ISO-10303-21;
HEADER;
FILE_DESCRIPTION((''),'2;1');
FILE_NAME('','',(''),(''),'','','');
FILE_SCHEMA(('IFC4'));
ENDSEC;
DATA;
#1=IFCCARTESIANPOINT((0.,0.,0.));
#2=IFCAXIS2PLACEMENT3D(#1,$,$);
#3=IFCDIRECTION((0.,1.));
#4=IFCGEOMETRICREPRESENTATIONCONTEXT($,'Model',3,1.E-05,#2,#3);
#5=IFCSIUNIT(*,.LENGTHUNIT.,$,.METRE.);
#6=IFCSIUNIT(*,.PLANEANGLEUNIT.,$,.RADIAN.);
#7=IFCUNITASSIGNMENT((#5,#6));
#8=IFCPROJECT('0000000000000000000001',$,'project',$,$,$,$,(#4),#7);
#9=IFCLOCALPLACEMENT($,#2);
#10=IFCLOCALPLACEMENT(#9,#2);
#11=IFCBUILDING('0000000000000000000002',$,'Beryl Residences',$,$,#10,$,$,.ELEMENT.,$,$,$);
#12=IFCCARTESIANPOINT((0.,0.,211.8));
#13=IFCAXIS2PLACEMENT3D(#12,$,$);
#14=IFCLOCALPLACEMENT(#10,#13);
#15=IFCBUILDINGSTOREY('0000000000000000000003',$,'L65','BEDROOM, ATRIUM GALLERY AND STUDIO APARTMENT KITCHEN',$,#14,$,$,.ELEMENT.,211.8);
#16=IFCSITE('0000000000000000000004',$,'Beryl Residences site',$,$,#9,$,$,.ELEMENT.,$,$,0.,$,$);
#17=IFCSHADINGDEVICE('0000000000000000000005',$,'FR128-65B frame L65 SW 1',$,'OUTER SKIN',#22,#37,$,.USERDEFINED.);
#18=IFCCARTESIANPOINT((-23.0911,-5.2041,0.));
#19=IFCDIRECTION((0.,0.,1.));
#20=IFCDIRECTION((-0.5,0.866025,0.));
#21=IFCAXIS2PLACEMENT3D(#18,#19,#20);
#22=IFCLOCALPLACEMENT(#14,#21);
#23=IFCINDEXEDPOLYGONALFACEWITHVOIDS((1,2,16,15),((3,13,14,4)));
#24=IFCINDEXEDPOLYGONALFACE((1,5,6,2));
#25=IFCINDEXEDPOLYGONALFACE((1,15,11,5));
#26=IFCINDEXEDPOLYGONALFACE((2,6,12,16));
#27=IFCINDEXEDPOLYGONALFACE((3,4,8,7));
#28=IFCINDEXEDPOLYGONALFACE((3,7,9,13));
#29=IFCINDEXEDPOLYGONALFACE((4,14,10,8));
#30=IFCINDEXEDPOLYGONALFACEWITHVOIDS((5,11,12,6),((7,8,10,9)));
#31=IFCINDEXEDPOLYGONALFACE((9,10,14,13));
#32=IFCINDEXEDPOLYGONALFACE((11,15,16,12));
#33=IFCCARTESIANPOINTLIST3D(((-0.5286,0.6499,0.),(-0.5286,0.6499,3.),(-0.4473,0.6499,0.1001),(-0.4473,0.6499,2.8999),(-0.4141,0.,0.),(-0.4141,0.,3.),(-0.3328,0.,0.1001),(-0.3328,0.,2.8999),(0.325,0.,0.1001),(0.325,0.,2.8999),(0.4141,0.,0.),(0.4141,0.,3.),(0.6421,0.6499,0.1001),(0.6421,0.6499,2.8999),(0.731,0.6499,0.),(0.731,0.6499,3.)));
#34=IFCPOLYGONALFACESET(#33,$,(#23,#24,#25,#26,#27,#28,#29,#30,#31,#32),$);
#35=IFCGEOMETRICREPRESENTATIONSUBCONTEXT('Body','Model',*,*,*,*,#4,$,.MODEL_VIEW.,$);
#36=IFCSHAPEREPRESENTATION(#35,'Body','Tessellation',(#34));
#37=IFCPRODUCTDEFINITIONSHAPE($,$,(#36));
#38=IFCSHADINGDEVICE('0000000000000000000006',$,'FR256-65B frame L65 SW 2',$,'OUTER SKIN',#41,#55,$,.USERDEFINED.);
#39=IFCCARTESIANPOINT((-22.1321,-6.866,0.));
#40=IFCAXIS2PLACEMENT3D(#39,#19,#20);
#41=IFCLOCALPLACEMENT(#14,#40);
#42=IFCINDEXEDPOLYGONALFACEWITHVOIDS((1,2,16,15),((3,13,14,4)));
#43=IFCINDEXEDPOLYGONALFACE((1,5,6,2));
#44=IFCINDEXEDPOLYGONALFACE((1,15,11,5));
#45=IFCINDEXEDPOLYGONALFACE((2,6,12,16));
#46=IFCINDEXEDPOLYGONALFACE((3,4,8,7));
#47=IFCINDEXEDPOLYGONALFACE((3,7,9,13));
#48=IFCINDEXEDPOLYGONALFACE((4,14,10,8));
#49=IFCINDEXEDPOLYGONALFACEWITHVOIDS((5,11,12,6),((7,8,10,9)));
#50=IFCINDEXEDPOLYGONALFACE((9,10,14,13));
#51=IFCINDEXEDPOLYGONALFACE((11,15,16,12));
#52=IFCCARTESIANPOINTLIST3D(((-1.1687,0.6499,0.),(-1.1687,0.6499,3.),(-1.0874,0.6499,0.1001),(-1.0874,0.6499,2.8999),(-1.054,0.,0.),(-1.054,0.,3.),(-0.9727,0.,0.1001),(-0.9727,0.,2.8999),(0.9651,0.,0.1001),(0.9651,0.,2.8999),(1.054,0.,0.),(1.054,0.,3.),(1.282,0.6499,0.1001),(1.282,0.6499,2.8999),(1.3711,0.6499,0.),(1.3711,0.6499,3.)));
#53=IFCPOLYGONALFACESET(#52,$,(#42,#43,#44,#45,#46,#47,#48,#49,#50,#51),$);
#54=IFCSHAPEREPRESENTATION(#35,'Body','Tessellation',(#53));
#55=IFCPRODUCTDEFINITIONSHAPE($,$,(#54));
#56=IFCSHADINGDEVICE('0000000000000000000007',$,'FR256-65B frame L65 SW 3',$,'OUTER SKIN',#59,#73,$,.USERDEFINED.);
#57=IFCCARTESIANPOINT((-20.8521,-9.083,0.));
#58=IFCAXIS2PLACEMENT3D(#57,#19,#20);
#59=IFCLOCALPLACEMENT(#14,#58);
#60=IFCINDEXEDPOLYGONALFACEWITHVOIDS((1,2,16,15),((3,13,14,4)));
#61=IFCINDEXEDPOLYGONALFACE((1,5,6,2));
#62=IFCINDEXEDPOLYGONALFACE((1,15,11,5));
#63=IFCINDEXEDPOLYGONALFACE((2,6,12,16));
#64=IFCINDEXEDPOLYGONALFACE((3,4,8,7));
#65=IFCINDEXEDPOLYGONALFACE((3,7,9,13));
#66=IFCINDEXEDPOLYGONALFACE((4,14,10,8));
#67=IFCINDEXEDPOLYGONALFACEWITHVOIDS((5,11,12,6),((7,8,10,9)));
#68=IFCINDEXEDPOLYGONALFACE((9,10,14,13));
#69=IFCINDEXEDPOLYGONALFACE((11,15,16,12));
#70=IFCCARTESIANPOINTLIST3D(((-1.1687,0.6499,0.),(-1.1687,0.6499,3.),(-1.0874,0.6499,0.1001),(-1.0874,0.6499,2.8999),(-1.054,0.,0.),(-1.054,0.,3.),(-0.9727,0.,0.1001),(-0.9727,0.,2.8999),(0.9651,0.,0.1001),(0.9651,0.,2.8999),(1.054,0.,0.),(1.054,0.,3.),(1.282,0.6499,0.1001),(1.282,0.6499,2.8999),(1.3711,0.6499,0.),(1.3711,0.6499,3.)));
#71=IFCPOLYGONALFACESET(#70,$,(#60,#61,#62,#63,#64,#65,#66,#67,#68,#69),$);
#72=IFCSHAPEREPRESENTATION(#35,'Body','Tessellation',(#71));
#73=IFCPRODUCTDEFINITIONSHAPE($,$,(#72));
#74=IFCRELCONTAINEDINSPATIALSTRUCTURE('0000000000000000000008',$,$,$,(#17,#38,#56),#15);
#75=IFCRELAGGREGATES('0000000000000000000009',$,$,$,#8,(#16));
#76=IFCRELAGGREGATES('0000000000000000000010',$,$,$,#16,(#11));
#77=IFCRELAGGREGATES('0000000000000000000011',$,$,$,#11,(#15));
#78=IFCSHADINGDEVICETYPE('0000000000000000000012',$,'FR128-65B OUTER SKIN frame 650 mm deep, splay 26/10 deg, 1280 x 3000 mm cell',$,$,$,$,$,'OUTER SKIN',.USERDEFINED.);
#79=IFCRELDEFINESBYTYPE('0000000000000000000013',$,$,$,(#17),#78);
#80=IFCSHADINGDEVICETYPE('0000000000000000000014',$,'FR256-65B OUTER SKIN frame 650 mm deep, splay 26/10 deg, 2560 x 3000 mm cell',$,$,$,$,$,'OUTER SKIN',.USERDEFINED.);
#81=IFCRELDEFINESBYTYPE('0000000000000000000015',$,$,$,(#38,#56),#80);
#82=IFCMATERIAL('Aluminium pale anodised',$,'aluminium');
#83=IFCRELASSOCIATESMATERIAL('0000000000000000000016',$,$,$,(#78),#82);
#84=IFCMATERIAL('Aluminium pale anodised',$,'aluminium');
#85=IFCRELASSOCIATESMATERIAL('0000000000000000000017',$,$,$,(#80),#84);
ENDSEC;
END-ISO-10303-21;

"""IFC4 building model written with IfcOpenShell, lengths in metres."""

from ifc_helpers import new_model, entity, si_unit, direction, frame, origin, place, context, subcontext, project, spatial, source, transform, mapped, material, type_object, type_shapes, element, save


model = new_model("IFC4")

# Units and contexts
model_context = context("Model", 3, precision=1e-05, world=origin(), true_north=direction((0.0, 1.0)))
body_context = subcontext(model_context, "Body", "Model", "MODEL_VIEW")
ifc_project = project(units=[si_unit("LENGTHUNIT", "METRE"), si_unit("PLANEANGLEUNIT", "RADIAN")], contexts=[model_context])

# Site, building, storey
site_placement = place(None, origin())
site = spatial("IfcSite", under=ifc_project, at=site_placement, Name="Beryl Residences site", CompositionType="ELEMENT", RefElevation=0.0)
building_placement = place(site_placement, origin())
building = spatial("IfcBuilding", under=site, at=building_placement, Name="Beryl Residences", CompositionType="ELEMENT")
storey_placement = place(building_placement, frame((0.0, 0.0, 211.8)))
storey = spatial("IfcBuildingStorey", under=building, at=storey_placement, Name="L65", Description="BEDROOM, ATRIUM GALLERY AND STUDIO APARTMENT KITCHEN", CompositionType="ELEMENT", Elevation=211.8)

# Shading devices
ifc_material_1 = material(Name="Aluminium pale anodised", Category="aluminium")
shading_device_type_1 = type_object("IfcShadingDeviceType", Name="FR128-65B OUTER SKIN frame 650 mm deep, splay 26/10 deg, 1280 x 3000 mm cell", ElementType="OUTER SKIN", PredefinedType="USERDEFINED", material=ifc_material_1)
cartesian_point_1 = entity("IfcCartesianPoint", [-0.4141, 0.0])
cartesian_point_2 = entity("IfcCartesianPoint", [-0.325, 0.1001])
cartesian_point_3 = entity("IfcCartesianPoint", [-0.731, 0.0])
cartesian_point_4 = entity("IfcCartesianPoint", [-0.6421, 0.1001])
shared_shape_1 = source(origin(), body_context, "Body", "SweptSolid", [
    entity("IfcExtrudedAreaSolidTapered", entity("IfcArbitraryProfileDefWithVoids", "AREA", None, entity("IfcPolyline", [cartesian_point_1, entity("IfcCartesianPoint", [0.4141, 0.0]), entity("IfcCartesianPoint", [0.4141, 3.0]), entity("IfcCartesianPoint", [-0.4141, 3.0]), cartesian_point_1]), [entity("IfcPolyline", [cartesian_point_2, entity("IfcCartesianPoint", [0.3328, 0.1001]), entity("IfcCartesianPoint", [0.3328, 2.8999]), entity("IfcCartesianPoint", [-0.325, 2.8999]), cartesian_point_2])]), entity("IfcAxis2Placement3D", entity("IfcCartesianPoint", [0.0, 0.0, 0.0]), entity("IfcDirection", [0.0, 1.0, 0.0]), entity("IfcDirection", [-1.0, 0.0, 0.0])), entity("IfcDirection", [0.0, 0.0, 1.0]), 0.6499, entity("IfcArbitraryProfileDefWithVoids", "AREA", None, entity("IfcPolyline", [cartesian_point_3, entity("IfcCartesianPoint", [0.5286, 0.0]), entity("IfcCartesianPoint", [0.5286, 3.0]), entity("IfcCartesianPoint", [-0.731, 3.0]), cartesian_point_3]), [entity("IfcPolyline", [cartesian_point_4, entity("IfcCartesianPoint", [0.4473, 0.1001]), entity("IfcCartesianPoint", [0.4473, 2.8999]), entity("IfcCartesianPoint", [-0.6421, 2.8999]), cartesian_point_4])])),
])
type_shapes(shading_device_type_1, [shared_shape_1])
shading_device_placement = place(storey_placement, frame((-23.0911, -5.2041, 0.0), z_axis=(0.0, 0.0, 1.0), x_axis=(-0.5, 0.866025, 0.0)))
element("IfcShadingDevice", 1, at=shading_device_placement, inside=storey, type_object=shading_device_type_1, Name="FR128-65B frame L65 SW 1", ObjectType="OUTER SKIN", PredefinedType="USERDEFINED", context=body_context, shape_type="MappedRepresentation", body=[
    mapped(shared_shape_1, transform((0.0, 0.0, 0.0))),
])
ifc_material_2 = material(Name="Aluminium pale anodised", Category="aluminium")
shading_device_type_2 = type_object("IfcShadingDeviceType", Name="FR256-65B OUTER SKIN frame 650 mm deep, splay 26/10 deg, 2560 x 3000 mm cell", ElementType="OUTER SKIN", PredefinedType="USERDEFINED", material=ifc_material_2)
cartesian_point_5 = entity("IfcCartesianPoint", [-1.054, 0.0])
cartesian_point_6 = entity("IfcCartesianPoint", [-0.9651, 0.1001])
cartesian_point_7 = entity("IfcCartesianPoint", [-1.3711, 0.0])
cartesian_point_8 = entity("IfcCartesianPoint", [-1.282, 0.1001])
shared_shape_2 = source(origin(), body_context, "Body", "SweptSolid", [
    entity("IfcExtrudedAreaSolidTapered", entity("IfcArbitraryProfileDefWithVoids", "AREA", None, entity("IfcPolyline", [cartesian_point_5, entity("IfcCartesianPoint", [1.054, 0.0]), entity("IfcCartesianPoint", [1.054, 3.0]), entity("IfcCartesianPoint", [-1.054, 3.0]), cartesian_point_5]), [entity("IfcPolyline", [cartesian_point_6, entity("IfcCartesianPoint", [0.9727, 0.1001]), entity("IfcCartesianPoint", [0.9727, 2.8999]), entity("IfcCartesianPoint", [-0.9651, 2.8999]), cartesian_point_6])]), entity("IfcAxis2Placement3D", entity("IfcCartesianPoint", [0.0, 0.0, 0.0]), entity("IfcDirection", [0.0, 1.0, 0.0]), entity("IfcDirection", [-1.0, 0.0, 0.0])), entity("IfcDirection", [0.0, 0.0, 1.0]), 0.6499, entity("IfcArbitraryProfileDefWithVoids", "AREA", None, entity("IfcPolyline", [cartesian_point_7, entity("IfcCartesianPoint", [1.1687, 0.0]), entity("IfcCartesianPoint", [1.1687, 3.0]), entity("IfcCartesianPoint", [-1.3711, 3.0]), cartesian_point_7]), [entity("IfcPolyline", [cartesian_point_8, entity("IfcCartesianPoint", [1.0874, 0.1001]), entity("IfcCartesianPoint", [1.0874, 2.8999]), entity("IfcCartesianPoint", [-1.282, 2.8999]), cartesian_point_8])])),
])
type_shapes(shading_device_type_2, [shared_shape_2])
for number, where, z_axis, x_axis, name in (
    (2, (-22.1321, -6.866, 0.0), (0.0, 0.0, 1.0), (-0.5, 0.866025, 0.0), "FR256-65B frame L65 SW 2"),
    (3, (-20.8521, -9.083, 0.0), (0.0, 0.0, 1.0), (-0.5, 0.866025, 0.0), "FR256-65B frame L65 SW 3"),
):
    element("IfcShadingDevice", number, at=place(storey_placement, frame(where, z_axis=z_axis, x_axis=x_axis)), inside=storey, type_object=shading_device_type_2, Name=name, ObjectType="OUTER SKIN", PredefinedType="USERDEFINED", context=body_context, shape_type="MappedRepresentation", body=[
        mapped(shared_shape_2, transform((0.0, 0.0, 0.0))),
    ])

save(model, "model.ifc")
